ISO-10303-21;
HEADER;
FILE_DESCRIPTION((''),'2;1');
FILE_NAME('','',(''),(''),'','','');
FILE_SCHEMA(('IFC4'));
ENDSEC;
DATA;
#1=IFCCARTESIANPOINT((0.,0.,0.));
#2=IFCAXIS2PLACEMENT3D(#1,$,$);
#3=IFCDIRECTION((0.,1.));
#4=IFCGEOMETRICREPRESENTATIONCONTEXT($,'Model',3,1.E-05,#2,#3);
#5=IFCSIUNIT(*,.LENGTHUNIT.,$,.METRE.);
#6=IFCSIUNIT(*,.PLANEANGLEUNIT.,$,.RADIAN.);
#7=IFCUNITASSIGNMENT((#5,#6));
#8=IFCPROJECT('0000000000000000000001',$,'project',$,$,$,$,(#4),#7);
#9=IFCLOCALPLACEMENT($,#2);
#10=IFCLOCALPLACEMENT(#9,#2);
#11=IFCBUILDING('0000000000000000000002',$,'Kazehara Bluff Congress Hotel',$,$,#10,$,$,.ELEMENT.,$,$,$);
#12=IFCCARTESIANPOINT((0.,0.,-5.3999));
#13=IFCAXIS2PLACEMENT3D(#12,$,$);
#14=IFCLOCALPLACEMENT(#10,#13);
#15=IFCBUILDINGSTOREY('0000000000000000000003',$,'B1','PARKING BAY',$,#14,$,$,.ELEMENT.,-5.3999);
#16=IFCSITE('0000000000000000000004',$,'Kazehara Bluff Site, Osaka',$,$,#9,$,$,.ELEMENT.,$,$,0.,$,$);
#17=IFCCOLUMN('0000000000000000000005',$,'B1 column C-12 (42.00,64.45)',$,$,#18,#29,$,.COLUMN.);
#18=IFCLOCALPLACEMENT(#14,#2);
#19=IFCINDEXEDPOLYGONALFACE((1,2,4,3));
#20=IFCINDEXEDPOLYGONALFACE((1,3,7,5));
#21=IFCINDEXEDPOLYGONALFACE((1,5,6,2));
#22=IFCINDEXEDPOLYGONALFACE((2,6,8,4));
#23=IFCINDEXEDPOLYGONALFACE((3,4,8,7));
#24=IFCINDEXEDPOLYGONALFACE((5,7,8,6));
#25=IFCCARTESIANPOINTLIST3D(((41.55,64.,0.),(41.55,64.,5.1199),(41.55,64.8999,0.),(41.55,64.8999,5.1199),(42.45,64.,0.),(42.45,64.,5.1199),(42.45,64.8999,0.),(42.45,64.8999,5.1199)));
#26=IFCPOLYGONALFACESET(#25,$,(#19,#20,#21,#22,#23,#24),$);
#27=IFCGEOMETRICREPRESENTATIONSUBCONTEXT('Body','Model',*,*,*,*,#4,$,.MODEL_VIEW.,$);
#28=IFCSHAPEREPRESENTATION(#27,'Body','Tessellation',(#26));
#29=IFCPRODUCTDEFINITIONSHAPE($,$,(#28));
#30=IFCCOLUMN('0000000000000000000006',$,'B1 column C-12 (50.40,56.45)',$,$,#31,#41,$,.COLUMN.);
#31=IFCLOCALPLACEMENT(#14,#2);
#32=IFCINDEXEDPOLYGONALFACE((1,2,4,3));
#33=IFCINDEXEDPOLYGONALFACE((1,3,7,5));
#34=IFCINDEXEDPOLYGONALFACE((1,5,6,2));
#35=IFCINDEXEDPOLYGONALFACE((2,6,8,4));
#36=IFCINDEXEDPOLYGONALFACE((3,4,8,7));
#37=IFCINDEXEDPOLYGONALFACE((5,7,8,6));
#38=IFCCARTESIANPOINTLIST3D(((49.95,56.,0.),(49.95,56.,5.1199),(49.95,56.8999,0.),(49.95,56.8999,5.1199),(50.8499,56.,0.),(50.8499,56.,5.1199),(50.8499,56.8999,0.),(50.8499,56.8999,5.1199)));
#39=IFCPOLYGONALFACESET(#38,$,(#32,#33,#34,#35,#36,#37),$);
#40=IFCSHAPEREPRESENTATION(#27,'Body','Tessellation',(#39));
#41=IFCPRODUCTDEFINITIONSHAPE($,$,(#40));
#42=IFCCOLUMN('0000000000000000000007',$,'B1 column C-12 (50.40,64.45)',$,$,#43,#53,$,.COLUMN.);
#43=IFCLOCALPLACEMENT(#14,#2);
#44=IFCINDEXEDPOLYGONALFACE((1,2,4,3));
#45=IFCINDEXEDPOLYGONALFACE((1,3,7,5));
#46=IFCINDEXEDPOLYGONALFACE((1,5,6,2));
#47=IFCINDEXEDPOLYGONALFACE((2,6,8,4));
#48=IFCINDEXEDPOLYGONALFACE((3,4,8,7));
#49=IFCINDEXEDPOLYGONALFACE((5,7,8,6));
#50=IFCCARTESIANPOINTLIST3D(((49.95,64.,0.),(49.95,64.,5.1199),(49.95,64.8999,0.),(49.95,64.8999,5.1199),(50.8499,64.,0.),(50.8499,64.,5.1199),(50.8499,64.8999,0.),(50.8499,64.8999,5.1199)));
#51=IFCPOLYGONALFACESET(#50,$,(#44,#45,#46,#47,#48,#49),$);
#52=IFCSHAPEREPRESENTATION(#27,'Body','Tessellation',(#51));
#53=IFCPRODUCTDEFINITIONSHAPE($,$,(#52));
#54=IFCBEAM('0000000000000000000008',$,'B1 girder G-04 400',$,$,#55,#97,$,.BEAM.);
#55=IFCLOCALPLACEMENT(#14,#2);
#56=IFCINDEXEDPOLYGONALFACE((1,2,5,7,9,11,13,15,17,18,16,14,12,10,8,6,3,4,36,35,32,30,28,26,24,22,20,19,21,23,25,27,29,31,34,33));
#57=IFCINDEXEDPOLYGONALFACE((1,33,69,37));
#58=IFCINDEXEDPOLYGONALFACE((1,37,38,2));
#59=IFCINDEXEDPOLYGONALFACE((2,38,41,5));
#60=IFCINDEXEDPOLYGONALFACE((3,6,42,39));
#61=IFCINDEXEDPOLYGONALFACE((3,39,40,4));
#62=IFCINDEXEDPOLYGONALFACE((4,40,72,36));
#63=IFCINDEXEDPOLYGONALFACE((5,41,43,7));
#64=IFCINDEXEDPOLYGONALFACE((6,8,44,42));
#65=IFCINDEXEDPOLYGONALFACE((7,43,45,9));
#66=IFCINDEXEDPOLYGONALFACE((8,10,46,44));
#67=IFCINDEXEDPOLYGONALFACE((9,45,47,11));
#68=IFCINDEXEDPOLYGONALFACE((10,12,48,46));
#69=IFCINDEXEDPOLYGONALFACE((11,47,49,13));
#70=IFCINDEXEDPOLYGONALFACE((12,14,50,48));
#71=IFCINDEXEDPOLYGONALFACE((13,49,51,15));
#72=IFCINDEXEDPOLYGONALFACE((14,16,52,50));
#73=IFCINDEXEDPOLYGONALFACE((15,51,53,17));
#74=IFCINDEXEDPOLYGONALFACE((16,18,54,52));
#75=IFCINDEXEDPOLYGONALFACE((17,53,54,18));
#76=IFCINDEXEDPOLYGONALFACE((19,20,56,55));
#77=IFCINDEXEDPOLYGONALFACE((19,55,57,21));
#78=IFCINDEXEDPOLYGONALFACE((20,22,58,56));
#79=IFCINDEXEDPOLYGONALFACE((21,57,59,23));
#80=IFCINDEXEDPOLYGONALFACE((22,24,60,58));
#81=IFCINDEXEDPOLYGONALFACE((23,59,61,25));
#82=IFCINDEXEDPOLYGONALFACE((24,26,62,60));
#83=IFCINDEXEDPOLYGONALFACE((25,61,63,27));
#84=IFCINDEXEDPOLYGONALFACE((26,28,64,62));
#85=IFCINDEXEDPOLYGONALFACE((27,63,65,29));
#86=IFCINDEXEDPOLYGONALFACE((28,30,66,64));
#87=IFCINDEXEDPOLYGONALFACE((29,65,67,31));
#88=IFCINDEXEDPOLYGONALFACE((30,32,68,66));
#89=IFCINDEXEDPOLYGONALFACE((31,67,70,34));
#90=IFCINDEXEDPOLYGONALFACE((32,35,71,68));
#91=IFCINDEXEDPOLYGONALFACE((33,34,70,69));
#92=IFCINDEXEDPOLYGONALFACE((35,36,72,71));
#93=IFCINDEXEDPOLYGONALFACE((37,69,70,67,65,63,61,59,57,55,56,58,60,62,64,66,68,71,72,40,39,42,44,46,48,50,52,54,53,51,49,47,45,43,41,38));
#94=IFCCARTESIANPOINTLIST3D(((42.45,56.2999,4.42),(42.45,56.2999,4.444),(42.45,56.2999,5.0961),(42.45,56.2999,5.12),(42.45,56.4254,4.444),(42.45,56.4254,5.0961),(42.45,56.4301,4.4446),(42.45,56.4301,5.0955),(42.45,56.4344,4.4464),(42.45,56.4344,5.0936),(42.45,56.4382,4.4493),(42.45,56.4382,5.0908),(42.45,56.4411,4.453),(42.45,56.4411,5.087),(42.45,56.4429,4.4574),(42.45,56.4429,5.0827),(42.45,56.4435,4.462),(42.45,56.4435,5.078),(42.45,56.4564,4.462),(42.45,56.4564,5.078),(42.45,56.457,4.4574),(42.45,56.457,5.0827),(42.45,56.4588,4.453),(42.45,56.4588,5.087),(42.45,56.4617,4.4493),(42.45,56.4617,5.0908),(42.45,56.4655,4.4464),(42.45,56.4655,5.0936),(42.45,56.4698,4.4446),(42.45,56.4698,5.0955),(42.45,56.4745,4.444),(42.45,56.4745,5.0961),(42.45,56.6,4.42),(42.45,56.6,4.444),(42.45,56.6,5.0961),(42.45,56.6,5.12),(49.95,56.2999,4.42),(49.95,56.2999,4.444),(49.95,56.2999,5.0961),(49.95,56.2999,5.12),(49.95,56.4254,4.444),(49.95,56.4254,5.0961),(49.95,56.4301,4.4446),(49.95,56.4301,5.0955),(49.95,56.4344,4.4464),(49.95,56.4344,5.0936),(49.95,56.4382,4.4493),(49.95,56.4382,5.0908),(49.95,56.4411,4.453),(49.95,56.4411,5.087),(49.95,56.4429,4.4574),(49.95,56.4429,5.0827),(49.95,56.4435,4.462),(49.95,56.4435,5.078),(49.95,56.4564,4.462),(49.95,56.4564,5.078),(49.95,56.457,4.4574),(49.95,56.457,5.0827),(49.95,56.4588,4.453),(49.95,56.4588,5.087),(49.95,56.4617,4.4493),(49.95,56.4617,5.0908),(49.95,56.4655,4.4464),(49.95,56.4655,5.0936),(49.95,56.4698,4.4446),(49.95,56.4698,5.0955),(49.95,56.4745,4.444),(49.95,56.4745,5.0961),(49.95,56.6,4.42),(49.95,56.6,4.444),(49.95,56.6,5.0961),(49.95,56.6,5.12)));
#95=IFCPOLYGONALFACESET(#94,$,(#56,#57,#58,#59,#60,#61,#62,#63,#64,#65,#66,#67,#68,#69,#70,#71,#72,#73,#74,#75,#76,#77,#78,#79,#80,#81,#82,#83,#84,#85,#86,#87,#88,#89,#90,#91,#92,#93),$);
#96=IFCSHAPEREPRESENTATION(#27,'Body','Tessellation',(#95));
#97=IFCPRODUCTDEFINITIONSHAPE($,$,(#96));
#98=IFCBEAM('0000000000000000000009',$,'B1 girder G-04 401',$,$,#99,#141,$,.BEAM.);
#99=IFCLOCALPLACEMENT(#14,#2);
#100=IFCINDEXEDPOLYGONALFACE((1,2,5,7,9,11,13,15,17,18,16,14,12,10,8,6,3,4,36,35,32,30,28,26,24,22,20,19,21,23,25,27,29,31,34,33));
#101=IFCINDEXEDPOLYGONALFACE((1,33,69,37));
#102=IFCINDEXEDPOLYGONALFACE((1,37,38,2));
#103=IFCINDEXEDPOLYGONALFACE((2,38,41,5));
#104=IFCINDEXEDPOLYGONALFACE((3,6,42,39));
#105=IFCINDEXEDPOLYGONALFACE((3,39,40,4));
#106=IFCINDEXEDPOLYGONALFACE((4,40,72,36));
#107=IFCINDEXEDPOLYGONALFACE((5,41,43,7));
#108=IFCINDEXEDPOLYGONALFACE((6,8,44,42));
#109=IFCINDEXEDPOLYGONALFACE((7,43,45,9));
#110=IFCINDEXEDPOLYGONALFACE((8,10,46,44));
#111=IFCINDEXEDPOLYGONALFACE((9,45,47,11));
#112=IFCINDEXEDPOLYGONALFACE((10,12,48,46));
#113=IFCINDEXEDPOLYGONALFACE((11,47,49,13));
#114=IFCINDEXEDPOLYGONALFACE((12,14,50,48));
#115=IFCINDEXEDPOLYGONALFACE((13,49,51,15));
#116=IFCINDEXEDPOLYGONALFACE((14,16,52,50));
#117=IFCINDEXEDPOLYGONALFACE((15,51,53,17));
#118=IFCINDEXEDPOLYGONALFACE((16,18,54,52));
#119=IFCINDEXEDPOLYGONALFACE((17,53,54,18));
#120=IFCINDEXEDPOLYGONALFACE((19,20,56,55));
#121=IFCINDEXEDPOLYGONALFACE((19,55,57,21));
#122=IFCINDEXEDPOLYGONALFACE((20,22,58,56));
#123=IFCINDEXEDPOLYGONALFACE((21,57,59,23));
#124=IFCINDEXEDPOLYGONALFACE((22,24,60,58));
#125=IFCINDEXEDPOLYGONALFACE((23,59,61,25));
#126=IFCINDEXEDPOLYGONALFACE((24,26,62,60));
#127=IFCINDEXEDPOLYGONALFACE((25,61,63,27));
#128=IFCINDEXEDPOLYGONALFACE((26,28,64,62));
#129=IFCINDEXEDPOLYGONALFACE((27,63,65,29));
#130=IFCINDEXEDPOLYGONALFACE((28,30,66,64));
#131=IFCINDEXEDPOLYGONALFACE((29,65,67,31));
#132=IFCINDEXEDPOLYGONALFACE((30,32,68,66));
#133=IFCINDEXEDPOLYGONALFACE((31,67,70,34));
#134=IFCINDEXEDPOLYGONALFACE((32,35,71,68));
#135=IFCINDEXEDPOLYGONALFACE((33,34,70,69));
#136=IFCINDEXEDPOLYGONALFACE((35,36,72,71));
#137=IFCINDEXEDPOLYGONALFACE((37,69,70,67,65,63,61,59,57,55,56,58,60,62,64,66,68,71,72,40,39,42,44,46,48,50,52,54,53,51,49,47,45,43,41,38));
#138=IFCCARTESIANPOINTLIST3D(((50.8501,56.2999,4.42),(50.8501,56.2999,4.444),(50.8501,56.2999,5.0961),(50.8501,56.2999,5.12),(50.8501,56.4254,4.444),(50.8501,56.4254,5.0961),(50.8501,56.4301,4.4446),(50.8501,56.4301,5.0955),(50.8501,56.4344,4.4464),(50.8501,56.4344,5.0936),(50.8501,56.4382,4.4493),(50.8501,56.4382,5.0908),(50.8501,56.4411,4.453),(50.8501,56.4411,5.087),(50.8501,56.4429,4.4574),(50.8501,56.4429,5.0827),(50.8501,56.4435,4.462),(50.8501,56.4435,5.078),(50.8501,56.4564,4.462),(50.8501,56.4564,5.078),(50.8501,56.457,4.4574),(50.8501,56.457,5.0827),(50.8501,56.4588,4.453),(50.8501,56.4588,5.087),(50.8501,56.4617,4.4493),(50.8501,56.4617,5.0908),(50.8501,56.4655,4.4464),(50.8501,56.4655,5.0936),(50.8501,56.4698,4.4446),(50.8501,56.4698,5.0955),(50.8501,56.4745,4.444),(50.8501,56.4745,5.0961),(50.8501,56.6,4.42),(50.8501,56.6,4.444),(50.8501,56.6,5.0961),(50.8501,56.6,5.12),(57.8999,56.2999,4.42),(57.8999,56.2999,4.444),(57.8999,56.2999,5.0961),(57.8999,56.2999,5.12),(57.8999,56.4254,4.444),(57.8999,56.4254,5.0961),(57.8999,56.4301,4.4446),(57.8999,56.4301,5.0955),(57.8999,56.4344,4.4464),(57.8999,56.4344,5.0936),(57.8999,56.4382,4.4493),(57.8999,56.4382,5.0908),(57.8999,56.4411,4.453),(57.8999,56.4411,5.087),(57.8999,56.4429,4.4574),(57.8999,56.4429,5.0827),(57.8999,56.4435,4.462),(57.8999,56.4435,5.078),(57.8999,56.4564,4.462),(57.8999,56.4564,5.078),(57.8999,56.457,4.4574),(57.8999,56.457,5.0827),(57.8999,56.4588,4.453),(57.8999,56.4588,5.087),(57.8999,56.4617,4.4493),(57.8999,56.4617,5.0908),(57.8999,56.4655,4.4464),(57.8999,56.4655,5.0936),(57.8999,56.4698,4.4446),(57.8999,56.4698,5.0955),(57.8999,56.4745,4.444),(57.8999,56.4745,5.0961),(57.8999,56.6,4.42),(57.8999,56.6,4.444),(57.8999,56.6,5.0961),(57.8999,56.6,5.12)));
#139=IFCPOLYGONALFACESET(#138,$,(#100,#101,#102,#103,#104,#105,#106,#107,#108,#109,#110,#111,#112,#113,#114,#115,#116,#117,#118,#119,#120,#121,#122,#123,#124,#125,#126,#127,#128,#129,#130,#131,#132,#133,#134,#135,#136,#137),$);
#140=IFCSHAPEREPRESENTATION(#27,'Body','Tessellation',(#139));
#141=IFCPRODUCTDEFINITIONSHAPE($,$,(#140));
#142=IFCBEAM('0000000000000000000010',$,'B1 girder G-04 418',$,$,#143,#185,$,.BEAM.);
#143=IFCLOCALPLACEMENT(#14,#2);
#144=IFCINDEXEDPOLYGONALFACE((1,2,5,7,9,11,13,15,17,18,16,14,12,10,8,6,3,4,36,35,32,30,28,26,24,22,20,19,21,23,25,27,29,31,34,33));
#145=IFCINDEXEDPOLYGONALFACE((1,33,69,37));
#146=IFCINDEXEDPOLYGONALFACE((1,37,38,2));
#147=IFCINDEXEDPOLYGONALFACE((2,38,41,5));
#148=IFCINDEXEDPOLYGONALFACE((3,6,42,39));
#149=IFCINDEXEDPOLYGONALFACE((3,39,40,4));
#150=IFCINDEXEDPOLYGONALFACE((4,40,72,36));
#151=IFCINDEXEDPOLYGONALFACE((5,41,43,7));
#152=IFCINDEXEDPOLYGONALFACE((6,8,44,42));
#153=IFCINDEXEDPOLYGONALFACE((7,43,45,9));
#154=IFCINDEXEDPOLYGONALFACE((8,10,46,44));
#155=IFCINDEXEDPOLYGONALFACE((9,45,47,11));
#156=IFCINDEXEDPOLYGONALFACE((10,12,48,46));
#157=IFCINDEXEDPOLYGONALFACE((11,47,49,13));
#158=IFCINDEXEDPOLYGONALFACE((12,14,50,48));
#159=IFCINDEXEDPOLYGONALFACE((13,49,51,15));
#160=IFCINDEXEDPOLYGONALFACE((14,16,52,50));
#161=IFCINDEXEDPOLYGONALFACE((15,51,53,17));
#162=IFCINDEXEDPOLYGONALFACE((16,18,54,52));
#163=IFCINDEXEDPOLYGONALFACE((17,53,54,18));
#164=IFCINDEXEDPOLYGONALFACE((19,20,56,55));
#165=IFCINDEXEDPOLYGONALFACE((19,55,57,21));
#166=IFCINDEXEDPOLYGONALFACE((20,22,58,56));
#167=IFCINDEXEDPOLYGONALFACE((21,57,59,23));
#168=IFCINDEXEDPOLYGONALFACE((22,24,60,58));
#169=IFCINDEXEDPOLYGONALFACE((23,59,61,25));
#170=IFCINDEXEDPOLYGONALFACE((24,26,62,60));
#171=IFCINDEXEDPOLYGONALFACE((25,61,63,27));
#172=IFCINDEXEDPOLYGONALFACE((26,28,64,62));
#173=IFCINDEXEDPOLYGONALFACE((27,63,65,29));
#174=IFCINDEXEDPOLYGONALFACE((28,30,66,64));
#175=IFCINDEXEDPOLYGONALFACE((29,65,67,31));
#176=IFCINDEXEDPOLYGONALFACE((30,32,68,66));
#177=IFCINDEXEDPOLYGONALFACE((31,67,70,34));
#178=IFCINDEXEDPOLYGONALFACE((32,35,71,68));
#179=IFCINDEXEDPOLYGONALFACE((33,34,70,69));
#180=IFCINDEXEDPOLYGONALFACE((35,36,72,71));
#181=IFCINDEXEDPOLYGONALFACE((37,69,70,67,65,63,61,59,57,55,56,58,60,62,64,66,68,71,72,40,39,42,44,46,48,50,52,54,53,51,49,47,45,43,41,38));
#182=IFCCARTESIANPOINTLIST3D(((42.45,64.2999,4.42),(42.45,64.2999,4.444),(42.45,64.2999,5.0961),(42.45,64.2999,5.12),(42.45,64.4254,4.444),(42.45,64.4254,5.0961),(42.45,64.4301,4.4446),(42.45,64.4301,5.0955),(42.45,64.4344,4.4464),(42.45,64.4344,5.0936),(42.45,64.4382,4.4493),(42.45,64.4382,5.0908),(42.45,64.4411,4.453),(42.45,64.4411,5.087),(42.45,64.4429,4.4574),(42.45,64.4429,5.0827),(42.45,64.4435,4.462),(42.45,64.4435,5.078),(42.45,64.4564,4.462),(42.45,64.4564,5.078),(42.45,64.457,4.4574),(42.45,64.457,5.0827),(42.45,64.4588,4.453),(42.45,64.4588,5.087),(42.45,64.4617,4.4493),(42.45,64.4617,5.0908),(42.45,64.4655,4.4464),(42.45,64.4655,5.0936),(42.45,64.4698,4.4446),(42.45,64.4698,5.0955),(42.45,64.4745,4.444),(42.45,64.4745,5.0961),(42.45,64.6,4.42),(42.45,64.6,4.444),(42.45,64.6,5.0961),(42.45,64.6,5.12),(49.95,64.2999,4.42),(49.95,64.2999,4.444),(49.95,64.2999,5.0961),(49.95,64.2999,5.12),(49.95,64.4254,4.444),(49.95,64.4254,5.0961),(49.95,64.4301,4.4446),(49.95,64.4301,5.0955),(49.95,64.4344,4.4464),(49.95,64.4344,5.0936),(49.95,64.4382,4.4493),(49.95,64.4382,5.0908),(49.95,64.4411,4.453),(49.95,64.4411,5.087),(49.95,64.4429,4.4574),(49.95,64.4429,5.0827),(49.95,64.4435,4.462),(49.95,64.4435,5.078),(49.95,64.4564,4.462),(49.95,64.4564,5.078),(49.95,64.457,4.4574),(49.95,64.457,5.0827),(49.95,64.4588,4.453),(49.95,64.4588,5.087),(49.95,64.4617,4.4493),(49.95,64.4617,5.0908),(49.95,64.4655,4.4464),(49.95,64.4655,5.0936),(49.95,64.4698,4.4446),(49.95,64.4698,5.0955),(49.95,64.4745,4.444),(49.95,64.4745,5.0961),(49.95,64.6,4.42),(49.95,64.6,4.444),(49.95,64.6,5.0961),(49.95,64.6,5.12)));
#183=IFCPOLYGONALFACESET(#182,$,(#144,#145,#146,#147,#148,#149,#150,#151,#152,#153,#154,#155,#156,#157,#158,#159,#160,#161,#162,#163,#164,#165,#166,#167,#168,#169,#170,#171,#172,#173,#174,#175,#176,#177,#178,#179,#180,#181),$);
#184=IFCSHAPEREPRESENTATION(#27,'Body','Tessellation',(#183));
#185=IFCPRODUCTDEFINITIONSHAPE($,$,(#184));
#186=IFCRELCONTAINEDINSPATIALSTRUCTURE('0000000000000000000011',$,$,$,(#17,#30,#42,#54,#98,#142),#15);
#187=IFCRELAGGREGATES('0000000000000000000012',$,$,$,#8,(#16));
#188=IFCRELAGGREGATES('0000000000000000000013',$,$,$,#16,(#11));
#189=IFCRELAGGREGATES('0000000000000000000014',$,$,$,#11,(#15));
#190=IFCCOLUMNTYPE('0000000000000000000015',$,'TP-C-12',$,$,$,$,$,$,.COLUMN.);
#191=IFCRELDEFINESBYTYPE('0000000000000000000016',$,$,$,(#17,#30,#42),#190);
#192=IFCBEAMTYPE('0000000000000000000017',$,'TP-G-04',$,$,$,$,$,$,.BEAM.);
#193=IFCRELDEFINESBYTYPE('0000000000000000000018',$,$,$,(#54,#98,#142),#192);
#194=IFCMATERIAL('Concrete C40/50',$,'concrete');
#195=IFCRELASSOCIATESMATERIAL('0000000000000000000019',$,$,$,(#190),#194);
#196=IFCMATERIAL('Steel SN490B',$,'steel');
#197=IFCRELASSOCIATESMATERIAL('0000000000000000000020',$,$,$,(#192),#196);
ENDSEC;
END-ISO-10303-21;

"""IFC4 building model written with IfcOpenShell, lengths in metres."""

from ifc_helpers import new_model, si_unit, direction, frame, origin, origin_2d, place, context, subcontext, project, spatial, rectangle, i_section, extrude, material, material_profile, profile_set, type_object, element, save


model = new_model("IFC4")

# Units and contexts
model_context = context("Model", 3, precision=1e-05, world=origin(), true_north=direction((0.0, 1.0)))
body_context = subcontext(model_context, "Body", "Model", "MODEL_VIEW")
ifc_project = project(units=[si_unit("LENGTHUNIT", "METRE"), si_unit("PLANEANGLEUNIT", "RADIAN")], contexts=[model_context])

# Site, building, storey
site_placement = place(None, origin())
site = spatial("IfcSite", under=ifc_project, at=site_placement, Name="Kazehara Bluff Site, Osaka", CompositionType="ELEMENT", RefElevation=0.0)
building_placement = place(site_placement, origin())
building = spatial("IfcBuilding", under=site, at=building_placement, Name="Kazehara Bluff Congress Hotel", CompositionType="ELEMENT")
storey_placement = place(building_placement, frame((0.0, 0.0, -5.3999)))
storey = spatial("IfcBuildingStorey", under=building, at=storey_placement, Name="B1", Description="PARKING BAY", CompositionType="ELEMENT", Elevation=-5.3999)

# Columns
ifc_material_1 = material(Name="Concrete C40/50", Category="concrete")
ifc_material_profile_1 = material_profile(ifc_material_1, rectangle(XDim=0.8999, YDim=0.8999, at=origin_2d()))
ifc_profile_set_1 = profile_set([ifc_material_profile_1], Name="Concrete C40/50")
column_type = type_object("IfcColumnType", Name="TP-C-12", PredefinedType="COLUMN", material=ifc_profile_set_1)
for number, where, z_axis, x_axis, name in (
    (1, (42.0, 64.45, 0.0), (0.0, 0.0, 1.0), (1.0, 0.0, 0.0), "B1 column C-12 (42.00,64.45)"),
    (2, (50.3999, 56.45, 0.0), (0.0, 0.0, 1.0), (1.0, 0.0, 0.0), "B1 column C-12 (50.40,56.45)"),
    (3, (50.3999, 64.45, 0.0), (0.0, 0.0, 1.0), (1.0, 0.0, 0.0), "B1 column C-12 (50.40,64.45)"),
):
    element("IfcColumn", number, at=place(storey_placement, frame(where, z_axis=z_axis, x_axis=x_axis)), inside=storey, type_object=column_type, Name=name, PredefinedType="COLUMN", context=body_context, shape_type="SweptSolid", body=[
        extrude(rectangle(XDim=0.8999, YDim=0.8999, at=origin_2d()), origin(), (0.0, 0.0, 1.0), 5.1199),
    ])

# Beams
ifc_material_2 = material(Name="Steel SN490B", Category="steel")
ifc_material_profile_2 = material_profile(ifc_material_2, i_section(OverallWidth=0.3, OverallDepth=0.7, WebThickness=0.0129, FlangeThickness=0.0239, FilletRadius=0.0181, at=origin_2d()))
ifc_profile_set_2 = profile_set([ifc_material_profile_2], Name="Steel SN490B")
beam_type_1 = type_object("IfcBeamType", Name="TP-G-04", PredefinedType="BEAM", material=ifc_profile_set_2)
beam_1_placement = place(storey_placement, frame((42.45, 56.45, 4.77), z_axis=(1.0, 0.0, 0.0), x_axis=(0.0, 1.0, 0.0)))
element("IfcBeam", 4, at=beam_1_placement, inside=storey, type_object=beam_type_1, Name="B1 girder G-04 400", PredefinedType="BEAM", context=body_context, shape_type="SweptSolid", body=[
    extrude(i_section(OverallWidth=0.3, OverallDepth=0.7, WebThickness=0.0129, FlangeThickness=0.0239, FilletRadius=0.0181, at=origin_2d()), origin(), (0.0, 0.0, 1.0), 7.5),
])
beam_2_placement = place(storey_placement, frame((50.8501, 56.45, 4.77), z_axis=(1.0, 0.0, 0.0), x_axis=(0.0, 1.0, 0.0)))
element("IfcBeam", 5, at=beam_2_placement, inside=storey, type_object=beam_type_1, Name="B1 girder G-04 401", PredefinedType="BEAM", context=body_context, shape_type="SweptSolid", body=[
    extrude(i_section(OverallWidth=0.3, OverallDepth=0.7, WebThickness=0.0129, FlangeThickness=0.0239, FilletRadius=0.0181, at=origin_2d()), origin(), (0.0, 0.0, 1.0), 7.0498),
])
beam_3_placement = place(storey_placement, frame((42.45, 64.45, 4.77), z_axis=(1.0, 0.0, 0.0), x_axis=(0.0, 1.0, 0.0)))
element("IfcBeam", 6, at=beam_3_placement, inside=storey, type_object=beam_type_1, Name="B1 girder G-04 418", PredefinedType="BEAM", context=body_context, shape_type="SweptSolid", body=[
    extrude(i_section(OverallWidth=0.3, OverallDepth=0.7, WebThickness=0.0129, FlangeThickness=0.0239, FilletRadius=0.0181, at=origin_2d()), origin(), (0.0, 0.0, 1.0), 7.5),
])

save(model, "model.ifc")
